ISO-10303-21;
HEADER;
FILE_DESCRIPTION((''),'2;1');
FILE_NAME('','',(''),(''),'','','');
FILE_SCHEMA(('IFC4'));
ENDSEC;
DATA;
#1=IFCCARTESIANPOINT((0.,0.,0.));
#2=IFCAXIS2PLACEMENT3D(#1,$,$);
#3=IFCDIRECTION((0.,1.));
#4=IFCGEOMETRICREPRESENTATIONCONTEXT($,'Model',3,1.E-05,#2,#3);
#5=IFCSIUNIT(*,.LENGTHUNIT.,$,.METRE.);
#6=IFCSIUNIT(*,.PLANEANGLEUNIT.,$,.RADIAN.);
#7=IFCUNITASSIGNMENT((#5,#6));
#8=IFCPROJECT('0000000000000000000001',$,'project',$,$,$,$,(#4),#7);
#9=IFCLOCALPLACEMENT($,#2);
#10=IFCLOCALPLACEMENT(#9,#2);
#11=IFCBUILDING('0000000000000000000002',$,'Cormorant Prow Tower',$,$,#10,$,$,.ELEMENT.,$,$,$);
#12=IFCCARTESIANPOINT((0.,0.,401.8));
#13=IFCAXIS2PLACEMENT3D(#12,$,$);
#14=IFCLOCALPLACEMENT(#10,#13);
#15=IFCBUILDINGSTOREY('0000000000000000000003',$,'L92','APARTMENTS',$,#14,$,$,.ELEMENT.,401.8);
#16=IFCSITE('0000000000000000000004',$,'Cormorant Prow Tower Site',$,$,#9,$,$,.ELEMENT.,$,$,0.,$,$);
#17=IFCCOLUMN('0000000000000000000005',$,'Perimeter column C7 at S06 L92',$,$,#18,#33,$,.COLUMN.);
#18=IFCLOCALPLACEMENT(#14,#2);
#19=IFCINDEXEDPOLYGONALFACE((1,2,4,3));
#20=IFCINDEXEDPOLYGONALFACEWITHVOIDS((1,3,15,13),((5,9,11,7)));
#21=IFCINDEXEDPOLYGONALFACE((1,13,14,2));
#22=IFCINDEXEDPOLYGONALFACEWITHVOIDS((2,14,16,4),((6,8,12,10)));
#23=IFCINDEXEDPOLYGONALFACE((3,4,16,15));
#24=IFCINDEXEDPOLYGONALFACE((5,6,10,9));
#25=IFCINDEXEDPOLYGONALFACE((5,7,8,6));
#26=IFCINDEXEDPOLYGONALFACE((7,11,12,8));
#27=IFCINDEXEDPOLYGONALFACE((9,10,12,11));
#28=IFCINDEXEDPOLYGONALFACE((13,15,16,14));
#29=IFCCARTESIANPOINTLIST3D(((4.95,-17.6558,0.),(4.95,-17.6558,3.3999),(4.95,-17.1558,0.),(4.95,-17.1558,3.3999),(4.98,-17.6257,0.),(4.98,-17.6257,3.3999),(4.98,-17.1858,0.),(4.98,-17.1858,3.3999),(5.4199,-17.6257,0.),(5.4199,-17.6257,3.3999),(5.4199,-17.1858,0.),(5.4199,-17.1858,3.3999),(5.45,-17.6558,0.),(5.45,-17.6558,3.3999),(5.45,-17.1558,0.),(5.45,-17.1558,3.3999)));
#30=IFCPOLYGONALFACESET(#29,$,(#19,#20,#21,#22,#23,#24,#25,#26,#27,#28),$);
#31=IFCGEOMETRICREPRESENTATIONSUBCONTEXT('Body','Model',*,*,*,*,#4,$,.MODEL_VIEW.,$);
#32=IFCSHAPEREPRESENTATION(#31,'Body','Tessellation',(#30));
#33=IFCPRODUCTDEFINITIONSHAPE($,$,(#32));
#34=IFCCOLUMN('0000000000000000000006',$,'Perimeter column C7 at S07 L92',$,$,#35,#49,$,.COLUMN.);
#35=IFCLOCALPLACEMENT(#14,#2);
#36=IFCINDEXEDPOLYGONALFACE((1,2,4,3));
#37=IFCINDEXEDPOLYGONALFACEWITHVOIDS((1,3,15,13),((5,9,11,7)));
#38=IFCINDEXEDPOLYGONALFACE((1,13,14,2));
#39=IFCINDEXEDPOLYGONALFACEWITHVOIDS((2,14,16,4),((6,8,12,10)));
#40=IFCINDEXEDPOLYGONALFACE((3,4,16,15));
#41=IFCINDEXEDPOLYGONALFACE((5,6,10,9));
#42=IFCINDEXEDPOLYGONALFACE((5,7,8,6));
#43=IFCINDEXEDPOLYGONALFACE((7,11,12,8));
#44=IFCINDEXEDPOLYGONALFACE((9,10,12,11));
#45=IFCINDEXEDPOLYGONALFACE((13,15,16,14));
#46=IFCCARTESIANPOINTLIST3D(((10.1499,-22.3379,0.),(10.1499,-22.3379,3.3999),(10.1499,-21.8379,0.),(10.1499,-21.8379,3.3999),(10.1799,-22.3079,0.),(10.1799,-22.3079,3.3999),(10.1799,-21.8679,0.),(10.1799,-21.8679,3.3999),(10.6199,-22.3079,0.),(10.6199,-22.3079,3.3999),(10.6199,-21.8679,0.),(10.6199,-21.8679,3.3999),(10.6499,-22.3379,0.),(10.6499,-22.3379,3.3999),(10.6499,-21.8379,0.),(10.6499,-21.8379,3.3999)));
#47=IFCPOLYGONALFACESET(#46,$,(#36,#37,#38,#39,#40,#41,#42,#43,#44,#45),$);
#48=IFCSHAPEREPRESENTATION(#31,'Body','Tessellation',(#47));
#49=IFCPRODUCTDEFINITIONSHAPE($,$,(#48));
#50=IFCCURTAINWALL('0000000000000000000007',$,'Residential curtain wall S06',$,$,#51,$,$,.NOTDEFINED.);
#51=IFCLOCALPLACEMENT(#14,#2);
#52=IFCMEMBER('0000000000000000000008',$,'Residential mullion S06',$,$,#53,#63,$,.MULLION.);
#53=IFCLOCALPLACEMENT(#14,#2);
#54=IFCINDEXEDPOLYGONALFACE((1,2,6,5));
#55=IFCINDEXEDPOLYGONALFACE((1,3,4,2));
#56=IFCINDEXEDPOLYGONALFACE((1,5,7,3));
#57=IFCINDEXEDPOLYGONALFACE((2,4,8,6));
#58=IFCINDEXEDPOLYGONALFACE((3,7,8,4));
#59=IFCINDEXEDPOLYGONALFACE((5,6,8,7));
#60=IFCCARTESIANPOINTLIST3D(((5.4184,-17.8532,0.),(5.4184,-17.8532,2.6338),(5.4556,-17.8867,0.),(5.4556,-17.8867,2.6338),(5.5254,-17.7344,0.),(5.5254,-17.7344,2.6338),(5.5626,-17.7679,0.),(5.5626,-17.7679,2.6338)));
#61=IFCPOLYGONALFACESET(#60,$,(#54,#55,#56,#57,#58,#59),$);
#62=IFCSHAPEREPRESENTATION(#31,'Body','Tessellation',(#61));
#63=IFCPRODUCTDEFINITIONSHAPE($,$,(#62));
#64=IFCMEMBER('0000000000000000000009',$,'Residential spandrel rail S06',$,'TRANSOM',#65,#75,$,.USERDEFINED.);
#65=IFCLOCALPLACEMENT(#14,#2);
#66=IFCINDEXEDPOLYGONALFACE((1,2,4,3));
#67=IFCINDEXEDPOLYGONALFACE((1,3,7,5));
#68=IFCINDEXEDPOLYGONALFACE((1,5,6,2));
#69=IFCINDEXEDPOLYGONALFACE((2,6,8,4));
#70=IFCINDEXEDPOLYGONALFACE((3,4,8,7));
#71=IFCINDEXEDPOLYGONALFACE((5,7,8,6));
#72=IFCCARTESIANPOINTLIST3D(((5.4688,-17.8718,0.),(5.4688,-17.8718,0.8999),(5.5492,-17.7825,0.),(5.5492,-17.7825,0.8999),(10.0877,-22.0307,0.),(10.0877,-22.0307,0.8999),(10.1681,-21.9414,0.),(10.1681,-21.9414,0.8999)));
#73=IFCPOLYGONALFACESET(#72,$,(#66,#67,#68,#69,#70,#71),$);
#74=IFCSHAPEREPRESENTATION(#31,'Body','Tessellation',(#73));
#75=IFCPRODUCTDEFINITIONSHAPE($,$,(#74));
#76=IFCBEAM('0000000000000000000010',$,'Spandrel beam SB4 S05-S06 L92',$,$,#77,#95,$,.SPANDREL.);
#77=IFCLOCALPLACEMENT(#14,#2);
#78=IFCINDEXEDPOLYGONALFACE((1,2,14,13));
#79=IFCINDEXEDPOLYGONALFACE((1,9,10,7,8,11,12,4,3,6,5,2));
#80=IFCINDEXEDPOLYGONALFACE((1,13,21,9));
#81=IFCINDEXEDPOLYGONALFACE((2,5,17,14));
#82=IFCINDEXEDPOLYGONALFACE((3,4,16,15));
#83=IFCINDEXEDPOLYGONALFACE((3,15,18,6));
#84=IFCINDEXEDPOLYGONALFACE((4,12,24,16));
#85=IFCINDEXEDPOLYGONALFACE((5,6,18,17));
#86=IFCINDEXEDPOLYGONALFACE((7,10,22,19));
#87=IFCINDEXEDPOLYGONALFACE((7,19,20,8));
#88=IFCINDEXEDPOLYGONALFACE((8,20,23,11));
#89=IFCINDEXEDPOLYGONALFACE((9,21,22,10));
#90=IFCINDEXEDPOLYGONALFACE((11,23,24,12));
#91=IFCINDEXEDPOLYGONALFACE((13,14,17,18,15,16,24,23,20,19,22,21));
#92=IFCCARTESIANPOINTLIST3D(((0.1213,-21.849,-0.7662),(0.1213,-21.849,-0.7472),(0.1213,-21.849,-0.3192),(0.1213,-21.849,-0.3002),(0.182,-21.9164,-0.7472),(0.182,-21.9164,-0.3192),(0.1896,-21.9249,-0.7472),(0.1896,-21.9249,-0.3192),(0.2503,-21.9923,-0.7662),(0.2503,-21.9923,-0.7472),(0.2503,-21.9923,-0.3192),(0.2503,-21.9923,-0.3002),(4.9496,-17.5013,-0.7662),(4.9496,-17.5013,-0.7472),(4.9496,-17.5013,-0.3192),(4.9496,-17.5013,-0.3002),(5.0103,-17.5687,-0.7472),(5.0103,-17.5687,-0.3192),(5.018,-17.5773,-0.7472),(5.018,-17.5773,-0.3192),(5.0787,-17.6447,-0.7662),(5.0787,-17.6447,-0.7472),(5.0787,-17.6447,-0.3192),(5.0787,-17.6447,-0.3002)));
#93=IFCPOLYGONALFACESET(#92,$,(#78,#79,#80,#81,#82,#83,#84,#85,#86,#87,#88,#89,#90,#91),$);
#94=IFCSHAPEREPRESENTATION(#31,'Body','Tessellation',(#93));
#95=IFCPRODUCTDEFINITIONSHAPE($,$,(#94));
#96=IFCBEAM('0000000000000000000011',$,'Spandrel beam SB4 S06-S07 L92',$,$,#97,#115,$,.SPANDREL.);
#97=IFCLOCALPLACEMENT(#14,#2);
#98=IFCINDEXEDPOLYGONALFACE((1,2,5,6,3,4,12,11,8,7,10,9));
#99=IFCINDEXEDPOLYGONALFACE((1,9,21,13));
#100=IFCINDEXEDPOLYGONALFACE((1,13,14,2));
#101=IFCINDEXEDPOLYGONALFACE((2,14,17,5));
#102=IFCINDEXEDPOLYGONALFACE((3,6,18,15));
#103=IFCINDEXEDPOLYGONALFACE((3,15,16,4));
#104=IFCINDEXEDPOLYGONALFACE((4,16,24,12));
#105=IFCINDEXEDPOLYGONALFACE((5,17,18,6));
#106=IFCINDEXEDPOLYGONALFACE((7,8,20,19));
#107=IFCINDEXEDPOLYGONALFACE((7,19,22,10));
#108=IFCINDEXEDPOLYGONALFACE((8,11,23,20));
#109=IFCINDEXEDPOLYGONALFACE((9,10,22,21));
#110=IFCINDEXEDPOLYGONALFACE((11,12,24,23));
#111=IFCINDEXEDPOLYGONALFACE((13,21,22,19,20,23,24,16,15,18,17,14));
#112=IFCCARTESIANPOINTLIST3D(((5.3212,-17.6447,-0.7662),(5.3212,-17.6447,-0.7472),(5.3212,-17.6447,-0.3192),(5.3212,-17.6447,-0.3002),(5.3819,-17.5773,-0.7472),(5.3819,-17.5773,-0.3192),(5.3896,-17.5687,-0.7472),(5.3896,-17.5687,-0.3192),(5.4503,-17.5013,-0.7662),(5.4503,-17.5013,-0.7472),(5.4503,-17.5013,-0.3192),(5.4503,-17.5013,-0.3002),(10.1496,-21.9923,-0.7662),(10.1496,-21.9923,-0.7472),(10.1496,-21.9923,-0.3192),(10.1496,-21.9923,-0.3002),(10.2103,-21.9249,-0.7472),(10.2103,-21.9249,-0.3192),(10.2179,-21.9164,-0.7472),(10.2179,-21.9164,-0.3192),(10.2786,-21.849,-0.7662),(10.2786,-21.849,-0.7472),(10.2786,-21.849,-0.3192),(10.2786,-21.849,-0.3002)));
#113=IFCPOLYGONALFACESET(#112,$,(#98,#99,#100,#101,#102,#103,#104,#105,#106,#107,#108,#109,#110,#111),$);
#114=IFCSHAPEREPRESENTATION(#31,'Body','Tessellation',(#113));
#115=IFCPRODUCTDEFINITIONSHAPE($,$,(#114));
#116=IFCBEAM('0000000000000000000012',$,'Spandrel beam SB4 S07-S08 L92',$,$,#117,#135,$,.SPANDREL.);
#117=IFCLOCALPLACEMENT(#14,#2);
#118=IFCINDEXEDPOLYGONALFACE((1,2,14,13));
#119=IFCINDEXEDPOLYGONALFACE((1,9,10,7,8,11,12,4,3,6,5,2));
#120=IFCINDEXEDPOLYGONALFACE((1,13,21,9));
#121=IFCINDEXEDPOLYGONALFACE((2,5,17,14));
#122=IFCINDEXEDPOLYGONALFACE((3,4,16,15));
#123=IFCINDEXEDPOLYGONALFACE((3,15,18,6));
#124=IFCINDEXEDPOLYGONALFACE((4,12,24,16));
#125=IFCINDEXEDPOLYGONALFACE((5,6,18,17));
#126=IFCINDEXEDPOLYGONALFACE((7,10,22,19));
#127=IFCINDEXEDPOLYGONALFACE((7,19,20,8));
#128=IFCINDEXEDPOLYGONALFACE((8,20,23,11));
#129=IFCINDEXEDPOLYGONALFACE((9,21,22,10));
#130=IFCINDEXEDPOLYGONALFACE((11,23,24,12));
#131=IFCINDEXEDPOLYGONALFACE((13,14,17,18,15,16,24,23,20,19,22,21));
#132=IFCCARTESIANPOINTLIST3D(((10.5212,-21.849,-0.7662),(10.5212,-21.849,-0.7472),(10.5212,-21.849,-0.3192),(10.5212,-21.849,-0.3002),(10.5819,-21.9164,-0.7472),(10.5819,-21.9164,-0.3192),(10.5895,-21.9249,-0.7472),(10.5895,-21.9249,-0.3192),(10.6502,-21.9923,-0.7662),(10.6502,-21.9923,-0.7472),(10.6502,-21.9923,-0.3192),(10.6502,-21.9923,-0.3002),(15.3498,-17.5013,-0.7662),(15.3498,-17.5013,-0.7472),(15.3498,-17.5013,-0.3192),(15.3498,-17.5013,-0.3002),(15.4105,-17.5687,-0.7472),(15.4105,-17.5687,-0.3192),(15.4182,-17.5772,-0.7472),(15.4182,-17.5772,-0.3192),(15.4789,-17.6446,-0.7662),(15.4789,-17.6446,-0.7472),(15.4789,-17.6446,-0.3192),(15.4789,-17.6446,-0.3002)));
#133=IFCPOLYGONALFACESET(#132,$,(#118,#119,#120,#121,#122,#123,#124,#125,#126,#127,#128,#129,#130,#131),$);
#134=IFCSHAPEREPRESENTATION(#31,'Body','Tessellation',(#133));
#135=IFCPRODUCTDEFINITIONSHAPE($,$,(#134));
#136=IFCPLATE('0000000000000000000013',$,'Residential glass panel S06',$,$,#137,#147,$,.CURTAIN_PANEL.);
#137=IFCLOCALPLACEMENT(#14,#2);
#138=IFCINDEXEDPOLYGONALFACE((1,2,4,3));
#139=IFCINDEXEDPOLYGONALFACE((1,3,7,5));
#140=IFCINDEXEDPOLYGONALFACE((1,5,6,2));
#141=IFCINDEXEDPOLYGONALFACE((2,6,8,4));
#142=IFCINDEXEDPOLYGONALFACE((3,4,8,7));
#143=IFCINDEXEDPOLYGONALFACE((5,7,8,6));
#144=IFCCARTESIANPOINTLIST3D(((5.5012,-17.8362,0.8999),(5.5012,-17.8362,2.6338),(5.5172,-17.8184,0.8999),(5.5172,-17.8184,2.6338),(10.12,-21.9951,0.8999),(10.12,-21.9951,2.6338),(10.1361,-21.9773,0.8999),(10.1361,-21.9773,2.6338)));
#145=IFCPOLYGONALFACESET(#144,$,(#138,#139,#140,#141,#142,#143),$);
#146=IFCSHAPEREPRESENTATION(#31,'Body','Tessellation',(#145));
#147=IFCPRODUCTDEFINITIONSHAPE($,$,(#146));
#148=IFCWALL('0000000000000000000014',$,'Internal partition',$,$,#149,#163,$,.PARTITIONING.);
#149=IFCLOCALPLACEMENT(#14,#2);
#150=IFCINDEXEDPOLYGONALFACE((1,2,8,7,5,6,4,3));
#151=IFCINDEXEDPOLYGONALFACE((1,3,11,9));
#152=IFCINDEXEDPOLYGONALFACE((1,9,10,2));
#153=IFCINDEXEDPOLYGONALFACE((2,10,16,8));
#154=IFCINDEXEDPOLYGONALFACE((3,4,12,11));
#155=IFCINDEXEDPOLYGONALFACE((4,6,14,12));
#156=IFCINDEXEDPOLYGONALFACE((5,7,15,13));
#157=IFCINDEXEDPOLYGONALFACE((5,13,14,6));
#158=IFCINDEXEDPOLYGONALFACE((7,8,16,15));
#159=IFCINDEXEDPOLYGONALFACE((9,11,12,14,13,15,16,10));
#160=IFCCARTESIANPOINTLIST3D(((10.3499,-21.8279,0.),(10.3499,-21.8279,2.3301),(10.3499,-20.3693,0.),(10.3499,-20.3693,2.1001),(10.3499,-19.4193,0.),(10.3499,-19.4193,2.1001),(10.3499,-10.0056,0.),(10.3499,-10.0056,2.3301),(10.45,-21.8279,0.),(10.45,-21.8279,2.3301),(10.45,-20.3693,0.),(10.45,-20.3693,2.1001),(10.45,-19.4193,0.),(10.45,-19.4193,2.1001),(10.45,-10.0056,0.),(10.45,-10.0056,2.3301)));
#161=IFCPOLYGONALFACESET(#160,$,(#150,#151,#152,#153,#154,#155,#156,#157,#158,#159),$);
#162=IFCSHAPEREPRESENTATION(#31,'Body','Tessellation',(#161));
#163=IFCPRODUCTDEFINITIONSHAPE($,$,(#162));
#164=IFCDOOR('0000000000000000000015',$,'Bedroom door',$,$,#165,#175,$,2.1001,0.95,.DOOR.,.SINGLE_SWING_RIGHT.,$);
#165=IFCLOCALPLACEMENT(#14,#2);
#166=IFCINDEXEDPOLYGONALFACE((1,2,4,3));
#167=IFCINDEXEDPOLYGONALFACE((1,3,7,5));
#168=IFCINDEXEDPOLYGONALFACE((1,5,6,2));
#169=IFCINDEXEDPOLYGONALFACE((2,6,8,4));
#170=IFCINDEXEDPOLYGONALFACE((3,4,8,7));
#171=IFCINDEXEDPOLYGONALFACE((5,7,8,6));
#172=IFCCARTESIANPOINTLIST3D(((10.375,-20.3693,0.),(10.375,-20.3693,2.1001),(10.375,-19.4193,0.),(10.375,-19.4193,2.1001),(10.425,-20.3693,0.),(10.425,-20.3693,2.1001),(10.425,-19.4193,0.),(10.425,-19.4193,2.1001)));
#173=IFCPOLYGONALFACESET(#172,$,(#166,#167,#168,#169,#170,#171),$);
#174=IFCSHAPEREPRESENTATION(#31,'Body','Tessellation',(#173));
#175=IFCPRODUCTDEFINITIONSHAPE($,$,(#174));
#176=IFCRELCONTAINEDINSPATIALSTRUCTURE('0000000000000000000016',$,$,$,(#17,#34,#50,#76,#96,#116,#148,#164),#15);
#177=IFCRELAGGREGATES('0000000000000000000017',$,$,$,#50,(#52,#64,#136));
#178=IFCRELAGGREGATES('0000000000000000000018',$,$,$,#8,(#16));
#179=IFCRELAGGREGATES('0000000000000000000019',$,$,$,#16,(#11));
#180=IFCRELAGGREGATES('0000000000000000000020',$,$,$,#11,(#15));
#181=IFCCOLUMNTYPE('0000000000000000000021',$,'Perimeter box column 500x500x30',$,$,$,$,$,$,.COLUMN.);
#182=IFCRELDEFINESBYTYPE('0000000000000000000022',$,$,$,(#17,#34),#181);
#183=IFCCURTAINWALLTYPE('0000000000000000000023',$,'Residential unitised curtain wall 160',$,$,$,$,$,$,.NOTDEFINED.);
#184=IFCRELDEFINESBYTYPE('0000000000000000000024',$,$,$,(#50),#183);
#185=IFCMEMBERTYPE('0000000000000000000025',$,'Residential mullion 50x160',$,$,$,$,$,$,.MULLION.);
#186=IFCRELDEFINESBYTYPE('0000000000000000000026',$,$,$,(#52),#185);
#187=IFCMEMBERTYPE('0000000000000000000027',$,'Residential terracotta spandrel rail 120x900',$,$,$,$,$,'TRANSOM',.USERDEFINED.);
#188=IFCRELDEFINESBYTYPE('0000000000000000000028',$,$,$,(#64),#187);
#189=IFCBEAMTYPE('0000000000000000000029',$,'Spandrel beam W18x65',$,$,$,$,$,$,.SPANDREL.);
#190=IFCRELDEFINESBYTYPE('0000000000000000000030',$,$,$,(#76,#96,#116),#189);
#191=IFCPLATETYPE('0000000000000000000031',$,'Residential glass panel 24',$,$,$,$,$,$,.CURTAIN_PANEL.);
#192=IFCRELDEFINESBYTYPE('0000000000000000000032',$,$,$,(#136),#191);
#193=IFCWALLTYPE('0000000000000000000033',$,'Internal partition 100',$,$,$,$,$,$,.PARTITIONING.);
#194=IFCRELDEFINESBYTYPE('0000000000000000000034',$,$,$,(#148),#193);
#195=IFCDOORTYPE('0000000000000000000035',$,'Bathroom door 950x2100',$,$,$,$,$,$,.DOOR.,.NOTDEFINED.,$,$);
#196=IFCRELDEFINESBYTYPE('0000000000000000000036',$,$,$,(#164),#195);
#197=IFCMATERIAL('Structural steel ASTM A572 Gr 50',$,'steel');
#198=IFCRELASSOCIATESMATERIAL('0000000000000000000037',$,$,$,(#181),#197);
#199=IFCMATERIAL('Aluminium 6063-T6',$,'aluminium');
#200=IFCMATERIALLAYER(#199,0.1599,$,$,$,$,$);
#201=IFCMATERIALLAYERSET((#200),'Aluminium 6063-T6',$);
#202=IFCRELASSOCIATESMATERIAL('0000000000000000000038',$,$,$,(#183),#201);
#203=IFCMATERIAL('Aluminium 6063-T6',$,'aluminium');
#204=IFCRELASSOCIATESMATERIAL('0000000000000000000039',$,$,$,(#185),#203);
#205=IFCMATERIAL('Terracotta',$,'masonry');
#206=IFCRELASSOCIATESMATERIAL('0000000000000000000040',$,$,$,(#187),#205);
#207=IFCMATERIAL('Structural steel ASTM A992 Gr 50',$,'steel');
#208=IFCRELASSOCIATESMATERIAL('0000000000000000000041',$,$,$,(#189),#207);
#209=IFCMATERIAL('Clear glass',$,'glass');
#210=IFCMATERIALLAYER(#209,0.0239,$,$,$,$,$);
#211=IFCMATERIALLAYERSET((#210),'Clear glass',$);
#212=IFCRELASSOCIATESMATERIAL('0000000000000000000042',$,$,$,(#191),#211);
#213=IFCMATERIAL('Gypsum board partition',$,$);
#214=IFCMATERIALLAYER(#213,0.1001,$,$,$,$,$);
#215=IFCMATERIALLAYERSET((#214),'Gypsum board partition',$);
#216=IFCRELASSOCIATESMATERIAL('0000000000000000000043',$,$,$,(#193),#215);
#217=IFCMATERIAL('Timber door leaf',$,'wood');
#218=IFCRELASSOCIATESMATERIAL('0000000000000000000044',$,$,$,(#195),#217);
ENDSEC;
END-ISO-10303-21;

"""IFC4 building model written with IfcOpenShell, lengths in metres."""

from ifc_helpers import new_model, si_unit, direction, frame, frame_2d, origin, origin_2d, place, context, subcontext, project, spatial, rectangle, hollow_rectangle, i_section, extrude, material, layer, layer_set, material_profile, profile_set, type_object, element, fill, aggregate, save


model = new_model("IFC4")

# Units and contexts
model_context = context("Model", 3, precision=1e-05, world=origin(), true_north=direction((0.0, 1.0)))
body_context = subcontext(model_context, "Body", "Model", "MODEL_VIEW")
ifc_project = project(units=[si_unit("LENGTHUNIT", "METRE"), si_unit("PLANEANGLEUNIT", "RADIAN")], contexts=[model_context])

# Site, building, storey
site_placement = place(None, origin())
site = spatial("IfcSite", under=ifc_project, at=site_placement, Name="Cormorant Prow Tower Site", CompositionType="ELEMENT", RefElevation=0.0)
building_placement = place(site_placement, origin())
building = spatial("IfcBuilding", under=site, at=building_placement, Name="Cormorant Prow Tower", CompositionType="ELEMENT")
storey_placement = place(building_placement, frame((0.0, 0.0, 401.8)))
storey = spatial("IfcBuildingStorey", under=building, at=storey_placement, Name="L92", Description="APARTMENTS", CompositionType="ELEMENT", Elevation=401.8)

# Columns
ifc_material_1 = material(Name="Structural steel ASTM A572 Gr 50", Category="steel")
ifc_material_profile_1 = material_profile(ifc_material_1, hollow_rectangle(XDim=0.5, YDim=0.5, WallThickness=0.03, at=origin_2d()), Name="Box 500x500x30")
ifc_profile_set_1 = profile_set([ifc_material_profile_1], Name="Structural steel ASTM A572 Gr 50")
column_type = type_object("IfcColumnType", Name="Perimeter box column 500x500x30", PredefinedType="COLUMN", material=ifc_profile_set_1)
for number, where, z_axis, x_axis, name in (
    (1, (5.2, -17.4058, 0.0), (0.0, 0.0, 1.0), (1.0, 0.0, 0.0), "Perimeter column C7 at S06 L92"),
    (2, (10.3999, -22.0879, 0.0), (0.0, 0.0, 1.0), (1.0, 0.0, 0.0), "Perimeter column C7 at S07 L92"),
):
    element("IfcColumn", number, at=place(storey_placement, frame(where, z_axis=z_axis, x_axis=x_axis)), inside=storey, type_object=column_type, Name=name, PredefinedType="COLUMN", context=body_context, shape_type="SweptSolid", body=[
        extrude(hollow_rectangle(XDim=0.5, YDim=0.5, WallThickness=0.03, at=origin_2d()), origin(), (0.0, 0.0, 1.0), 3.3999),
    ])

# Curtain wall, members
ifc_material_2 = material(Name="Aluminium 6063-T6", Category="aluminium")
ifc_layer_1 = layer(ifc_material_2, 0.1599)
ifc_layer_set_1 = layer_set([ifc_layer_1], Name="Aluminium 6063-T6")
curtain_wall_type = type_object("IfcCurtainWallType", Name="Residential unitised curtain wall 160", PredefinedType="NOTDEFINED", material=ifc_layer_set_1)
curtain_wall_placement = place(storey_placement, origin())
curtain_wall = element("IfcCurtainWall", 3, at=curtain_wall_placement, inside=storey, type_object=curtain_wall_type, Name="Residential curtain wall S06", PredefinedType="NOTDEFINED")
ifc_material_3 = material(Name="Aluminium 6063-T6", Category="aluminium")
ifc_material_profile_2 = material_profile(ifc_material_3, rectangle(XDim=0.1599, YDim=0.05, at=origin_2d()), Name="Residential mullion 50x160")
ifc_profile_set_2 = profile_set([ifc_material_profile_2], Name="Aluminium 6063-T6")
member_type_1 = type_object("IfcMemberType", Name="Residential mullion 50x160", PredefinedType="MULLION", material=ifc_profile_set_2)
member_1_placement = place(storey_placement, frame((5.4905, -17.8105, 0.0), z_axis=(0.0, 0.0, 1.0), x_axis=(0.669131, 0.743145, 0.0)))
member_1 = element("IfcMember", 4, at=member_1_placement, type_object=member_type_1, Name="Residential mullion S06", PredefinedType="MULLION", context=body_context, shape_type="SweptSolid", body=[
    extrude(rectangle(XDim=0.1599, YDim=0.05, at=origin_2d()), origin(), (0.0, 0.0, 1.0), 2.6338),
])
ifc_material_4 = material(Name="Terracotta", Category="masonry")
ifc_material_profile_3 = material_profile(ifc_material_4, rectangle(XDim=0.1201, YDim=0.8999, at=origin_2d()), Name="Residential terracotta spandrel rail 120x900")
ifc_profile_set_3 = profile_set([ifc_material_profile_3], Name="Terracotta")
member_type_2 = type_object("IfcMemberType", Name="Residential terracotta spandrel rail 120x900", ElementType="TRANSOM", PredefinedType="USERDEFINED", material=ifc_profile_set_3)
member_2_placement = place(storey_placement, frame((5.509, -17.8271, 0.45), z_axis=(0.74314, -0.669136, 0.0), x_axis=(0.669136, 0.74314, 0.0)))
member_2 = element("IfcMember", 5, at=member_2_placement, type_object=member_type_2, Name="Residential spandrel rail S06", ObjectType="TRANSOM", PredefinedType="USERDEFINED", context=body_context, shape_type="SweptSolid", body=[
    extrude(rectangle(XDim=0.1201, YDim=0.8999, at=origin_2d()), origin(), (0.0, 0.0, 1.0), 6.2153),
])

# Beams
ifc_material_5 = material(Name="Structural steel ASTM A992 Gr 50", Category="steel")
ifc_material_profile_4 = material_profile(ifc_material_5, i_section(OverallWidth=0.1929, OverallDepth=0.4661, WebThickness=0.0115, FlangeThickness=0.019, at=origin_2d()), Name="W18x65")
ifc_profile_set_4 = profile_set([ifc_material_profile_4], Name="Structural steel ASTM A992 Gr 50")
beam_type = type_object("IfcBeamType", Name="Spandrel beam W18x65", PredefinedType="SPANDREL", material=ifc_profile_set_4)
for number, where, z_axis, x_axis, name in (
    (6, (0.1858, -21.9207, -0.5332), (0.743132, 0.669145, 0.0), (-0.669145, 0.743132, 0.0), "Spandrel beam SB4 S05-S06 L92"),
    (7, (5.3857, -17.573, -0.5332), (0.743132, -0.669145, 0.0), (0.669145, 0.743132, 0.0), "Spandrel beam SB4 S06-S07 L92"),
):
    element("IfcBeam", number, at=place(storey_placement, frame(where, z_axis=z_axis, x_axis=x_axis)), inside=storey, type_object=beam_type, Name=name, PredefinedType="SPANDREL", context=body_context, shape_type="SweptSolid", body=[
        extrude(i_section(OverallWidth=0.1929, OverallDepth=0.4661, WebThickness=0.0115, FlangeThickness=0.019, at=origin_2d()), origin(), (0.0, 0.0, 1.0), 6.4973),
    ])
beam_placement = place(storey_placement, frame((10.5857, -21.9207, -0.5332), z_axis=(0.743148, 0.669127, 0.0), x_axis=(-0.669127, 0.743148, 0.0)))
element("IfcBeam", 8, at=beam_placement, inside=storey, type_object=beam_type, Name="Spandrel beam SB4 S07-S08 L92", PredefinedType="SPANDREL", context=body_context, shape_type="SweptSolid", body=[
    extrude(i_section(OverallWidth=0.1929, OverallDepth=0.4661, WebThickness=0.0115, FlangeThickness=0.019, at=origin_2d()), origin(), (0.0, 0.0, 1.0), 6.4976),
])

# Plate
ifc_material_6 = material(Name="Clear glass", Category="glass")
ifc_layer_2 = layer(ifc_material_6, 0.0239)
ifc_layer_set_2 = layer_set([ifc_layer_2], Name="Clear glass")
plate_type = type_object("IfcPlateType", Name="Residential glass panel 24", PredefinedType="CURTAIN_PANEL", material=ifc_layer_set_2)
plate_placement = place(storey_placement, frame((7.8186, -19.9067, 0.8999), z_axis=(0.0, 0.0, 1.0), x_axis=(0.743145, -0.669131, 0.0)))
plate = element("IfcPlate", 9, at=plate_placement, type_object=plate_type, Name="Residential glass panel S06", PredefinedType="CURTAIN_PANEL", context=body_context, shape_type="SweptSolid", body=[
    extrude(rectangle(XDim=6.2153, YDim=0.0239, at=origin_2d()), origin(), (0.0, 0.0, 1.0), 1.7339),
])
aggregate(curtain_wall, [member_1, member_2, plate])

# Wall, opening, door
ifc_material_7 = material(Name="Gypsum board partition")
ifc_layer_3 = layer(ifc_material_7, 0.1001)
ifc_layer_set_3 = layer_set([ifc_layer_3], Name="Gypsum board partition")
wall_type_1 = type_object("IfcWallType", Name="Internal partition 100", PredefinedType="PARTITIONING", material=ifc_layer_set_3)
wall_1_placement = place(storey_placement, frame((10.3999, -21.8279, 0.0), z_axis=(0.0, 0.0, 1.0), x_axis=(0.0, 1.0, 0.0)))
wall_1 = element("IfcWall", 10, at=wall_1_placement, inside=storey, type_object=wall_type_1, Name="Internal partition", PredefinedType="PARTITIONING", context=body_context, shape_type="SweptSolid", body=[
    extrude(rectangle(XDim=11.8223, YDim=0.1001, at=frame_2d((5.9111, 0.0))), origin(), (0.0, 0.0, 1.0), 2.3301),
])
opening_1_placement = place(wall_1_placement, frame((1.4585, 0.0, 0.0)))
opening_1 = element("IfcOpeningElement", 11, at=opening_1_placement, cuts=wall_1, PredefinedType="OPENING", context=body_context, shape_type="SweptSolid", body=[
    extrude(rectangle(XDim=0.95, YDim=2.1001, at=frame_2d((0.4751, 1.05))), frame((0.0, 0.0601, 0.0), z_axis=(0.0, -1.0, 0.0), x_axis=(1.0, 0.0, 0.0)), (0.0, 0.0, 1.0), 0.1201),
])
ifc_material_8 = material(Name="Timber door leaf", Category="wood")
door_type_1 = type_object("IfcDoorType", Name="Bathroom door 950x2100", OperationType="NOTDEFINED", PredefinedType="DOOR", material=ifc_material_8)
door_1_placement = place(opening_1_placement, origin())
door_1 = element("IfcDoor", 12, at=door_1_placement, inside=storey, type_object=door_type_1, Name="Bedroom door", OperationType="SINGLE_SWING_RIGHT", OverallHeight=2.1001, OverallWidth=0.95, PredefinedType="DOOR", context=body_context, shape_type="SweptSolid", body=[
    extrude(rectangle(XDim=0.95, YDim=2.1001, at=frame_2d((0.4751, 1.05))), frame((0.0, 0.0249, 0.0), z_axis=(0.0, -1.0, 0.0), x_axis=(1.0, 0.0, 0.0)), (0.0, 0.0, 1.0), 0.05),
])
fill(opening_1, door_1)

save(model, "model.ifc")
